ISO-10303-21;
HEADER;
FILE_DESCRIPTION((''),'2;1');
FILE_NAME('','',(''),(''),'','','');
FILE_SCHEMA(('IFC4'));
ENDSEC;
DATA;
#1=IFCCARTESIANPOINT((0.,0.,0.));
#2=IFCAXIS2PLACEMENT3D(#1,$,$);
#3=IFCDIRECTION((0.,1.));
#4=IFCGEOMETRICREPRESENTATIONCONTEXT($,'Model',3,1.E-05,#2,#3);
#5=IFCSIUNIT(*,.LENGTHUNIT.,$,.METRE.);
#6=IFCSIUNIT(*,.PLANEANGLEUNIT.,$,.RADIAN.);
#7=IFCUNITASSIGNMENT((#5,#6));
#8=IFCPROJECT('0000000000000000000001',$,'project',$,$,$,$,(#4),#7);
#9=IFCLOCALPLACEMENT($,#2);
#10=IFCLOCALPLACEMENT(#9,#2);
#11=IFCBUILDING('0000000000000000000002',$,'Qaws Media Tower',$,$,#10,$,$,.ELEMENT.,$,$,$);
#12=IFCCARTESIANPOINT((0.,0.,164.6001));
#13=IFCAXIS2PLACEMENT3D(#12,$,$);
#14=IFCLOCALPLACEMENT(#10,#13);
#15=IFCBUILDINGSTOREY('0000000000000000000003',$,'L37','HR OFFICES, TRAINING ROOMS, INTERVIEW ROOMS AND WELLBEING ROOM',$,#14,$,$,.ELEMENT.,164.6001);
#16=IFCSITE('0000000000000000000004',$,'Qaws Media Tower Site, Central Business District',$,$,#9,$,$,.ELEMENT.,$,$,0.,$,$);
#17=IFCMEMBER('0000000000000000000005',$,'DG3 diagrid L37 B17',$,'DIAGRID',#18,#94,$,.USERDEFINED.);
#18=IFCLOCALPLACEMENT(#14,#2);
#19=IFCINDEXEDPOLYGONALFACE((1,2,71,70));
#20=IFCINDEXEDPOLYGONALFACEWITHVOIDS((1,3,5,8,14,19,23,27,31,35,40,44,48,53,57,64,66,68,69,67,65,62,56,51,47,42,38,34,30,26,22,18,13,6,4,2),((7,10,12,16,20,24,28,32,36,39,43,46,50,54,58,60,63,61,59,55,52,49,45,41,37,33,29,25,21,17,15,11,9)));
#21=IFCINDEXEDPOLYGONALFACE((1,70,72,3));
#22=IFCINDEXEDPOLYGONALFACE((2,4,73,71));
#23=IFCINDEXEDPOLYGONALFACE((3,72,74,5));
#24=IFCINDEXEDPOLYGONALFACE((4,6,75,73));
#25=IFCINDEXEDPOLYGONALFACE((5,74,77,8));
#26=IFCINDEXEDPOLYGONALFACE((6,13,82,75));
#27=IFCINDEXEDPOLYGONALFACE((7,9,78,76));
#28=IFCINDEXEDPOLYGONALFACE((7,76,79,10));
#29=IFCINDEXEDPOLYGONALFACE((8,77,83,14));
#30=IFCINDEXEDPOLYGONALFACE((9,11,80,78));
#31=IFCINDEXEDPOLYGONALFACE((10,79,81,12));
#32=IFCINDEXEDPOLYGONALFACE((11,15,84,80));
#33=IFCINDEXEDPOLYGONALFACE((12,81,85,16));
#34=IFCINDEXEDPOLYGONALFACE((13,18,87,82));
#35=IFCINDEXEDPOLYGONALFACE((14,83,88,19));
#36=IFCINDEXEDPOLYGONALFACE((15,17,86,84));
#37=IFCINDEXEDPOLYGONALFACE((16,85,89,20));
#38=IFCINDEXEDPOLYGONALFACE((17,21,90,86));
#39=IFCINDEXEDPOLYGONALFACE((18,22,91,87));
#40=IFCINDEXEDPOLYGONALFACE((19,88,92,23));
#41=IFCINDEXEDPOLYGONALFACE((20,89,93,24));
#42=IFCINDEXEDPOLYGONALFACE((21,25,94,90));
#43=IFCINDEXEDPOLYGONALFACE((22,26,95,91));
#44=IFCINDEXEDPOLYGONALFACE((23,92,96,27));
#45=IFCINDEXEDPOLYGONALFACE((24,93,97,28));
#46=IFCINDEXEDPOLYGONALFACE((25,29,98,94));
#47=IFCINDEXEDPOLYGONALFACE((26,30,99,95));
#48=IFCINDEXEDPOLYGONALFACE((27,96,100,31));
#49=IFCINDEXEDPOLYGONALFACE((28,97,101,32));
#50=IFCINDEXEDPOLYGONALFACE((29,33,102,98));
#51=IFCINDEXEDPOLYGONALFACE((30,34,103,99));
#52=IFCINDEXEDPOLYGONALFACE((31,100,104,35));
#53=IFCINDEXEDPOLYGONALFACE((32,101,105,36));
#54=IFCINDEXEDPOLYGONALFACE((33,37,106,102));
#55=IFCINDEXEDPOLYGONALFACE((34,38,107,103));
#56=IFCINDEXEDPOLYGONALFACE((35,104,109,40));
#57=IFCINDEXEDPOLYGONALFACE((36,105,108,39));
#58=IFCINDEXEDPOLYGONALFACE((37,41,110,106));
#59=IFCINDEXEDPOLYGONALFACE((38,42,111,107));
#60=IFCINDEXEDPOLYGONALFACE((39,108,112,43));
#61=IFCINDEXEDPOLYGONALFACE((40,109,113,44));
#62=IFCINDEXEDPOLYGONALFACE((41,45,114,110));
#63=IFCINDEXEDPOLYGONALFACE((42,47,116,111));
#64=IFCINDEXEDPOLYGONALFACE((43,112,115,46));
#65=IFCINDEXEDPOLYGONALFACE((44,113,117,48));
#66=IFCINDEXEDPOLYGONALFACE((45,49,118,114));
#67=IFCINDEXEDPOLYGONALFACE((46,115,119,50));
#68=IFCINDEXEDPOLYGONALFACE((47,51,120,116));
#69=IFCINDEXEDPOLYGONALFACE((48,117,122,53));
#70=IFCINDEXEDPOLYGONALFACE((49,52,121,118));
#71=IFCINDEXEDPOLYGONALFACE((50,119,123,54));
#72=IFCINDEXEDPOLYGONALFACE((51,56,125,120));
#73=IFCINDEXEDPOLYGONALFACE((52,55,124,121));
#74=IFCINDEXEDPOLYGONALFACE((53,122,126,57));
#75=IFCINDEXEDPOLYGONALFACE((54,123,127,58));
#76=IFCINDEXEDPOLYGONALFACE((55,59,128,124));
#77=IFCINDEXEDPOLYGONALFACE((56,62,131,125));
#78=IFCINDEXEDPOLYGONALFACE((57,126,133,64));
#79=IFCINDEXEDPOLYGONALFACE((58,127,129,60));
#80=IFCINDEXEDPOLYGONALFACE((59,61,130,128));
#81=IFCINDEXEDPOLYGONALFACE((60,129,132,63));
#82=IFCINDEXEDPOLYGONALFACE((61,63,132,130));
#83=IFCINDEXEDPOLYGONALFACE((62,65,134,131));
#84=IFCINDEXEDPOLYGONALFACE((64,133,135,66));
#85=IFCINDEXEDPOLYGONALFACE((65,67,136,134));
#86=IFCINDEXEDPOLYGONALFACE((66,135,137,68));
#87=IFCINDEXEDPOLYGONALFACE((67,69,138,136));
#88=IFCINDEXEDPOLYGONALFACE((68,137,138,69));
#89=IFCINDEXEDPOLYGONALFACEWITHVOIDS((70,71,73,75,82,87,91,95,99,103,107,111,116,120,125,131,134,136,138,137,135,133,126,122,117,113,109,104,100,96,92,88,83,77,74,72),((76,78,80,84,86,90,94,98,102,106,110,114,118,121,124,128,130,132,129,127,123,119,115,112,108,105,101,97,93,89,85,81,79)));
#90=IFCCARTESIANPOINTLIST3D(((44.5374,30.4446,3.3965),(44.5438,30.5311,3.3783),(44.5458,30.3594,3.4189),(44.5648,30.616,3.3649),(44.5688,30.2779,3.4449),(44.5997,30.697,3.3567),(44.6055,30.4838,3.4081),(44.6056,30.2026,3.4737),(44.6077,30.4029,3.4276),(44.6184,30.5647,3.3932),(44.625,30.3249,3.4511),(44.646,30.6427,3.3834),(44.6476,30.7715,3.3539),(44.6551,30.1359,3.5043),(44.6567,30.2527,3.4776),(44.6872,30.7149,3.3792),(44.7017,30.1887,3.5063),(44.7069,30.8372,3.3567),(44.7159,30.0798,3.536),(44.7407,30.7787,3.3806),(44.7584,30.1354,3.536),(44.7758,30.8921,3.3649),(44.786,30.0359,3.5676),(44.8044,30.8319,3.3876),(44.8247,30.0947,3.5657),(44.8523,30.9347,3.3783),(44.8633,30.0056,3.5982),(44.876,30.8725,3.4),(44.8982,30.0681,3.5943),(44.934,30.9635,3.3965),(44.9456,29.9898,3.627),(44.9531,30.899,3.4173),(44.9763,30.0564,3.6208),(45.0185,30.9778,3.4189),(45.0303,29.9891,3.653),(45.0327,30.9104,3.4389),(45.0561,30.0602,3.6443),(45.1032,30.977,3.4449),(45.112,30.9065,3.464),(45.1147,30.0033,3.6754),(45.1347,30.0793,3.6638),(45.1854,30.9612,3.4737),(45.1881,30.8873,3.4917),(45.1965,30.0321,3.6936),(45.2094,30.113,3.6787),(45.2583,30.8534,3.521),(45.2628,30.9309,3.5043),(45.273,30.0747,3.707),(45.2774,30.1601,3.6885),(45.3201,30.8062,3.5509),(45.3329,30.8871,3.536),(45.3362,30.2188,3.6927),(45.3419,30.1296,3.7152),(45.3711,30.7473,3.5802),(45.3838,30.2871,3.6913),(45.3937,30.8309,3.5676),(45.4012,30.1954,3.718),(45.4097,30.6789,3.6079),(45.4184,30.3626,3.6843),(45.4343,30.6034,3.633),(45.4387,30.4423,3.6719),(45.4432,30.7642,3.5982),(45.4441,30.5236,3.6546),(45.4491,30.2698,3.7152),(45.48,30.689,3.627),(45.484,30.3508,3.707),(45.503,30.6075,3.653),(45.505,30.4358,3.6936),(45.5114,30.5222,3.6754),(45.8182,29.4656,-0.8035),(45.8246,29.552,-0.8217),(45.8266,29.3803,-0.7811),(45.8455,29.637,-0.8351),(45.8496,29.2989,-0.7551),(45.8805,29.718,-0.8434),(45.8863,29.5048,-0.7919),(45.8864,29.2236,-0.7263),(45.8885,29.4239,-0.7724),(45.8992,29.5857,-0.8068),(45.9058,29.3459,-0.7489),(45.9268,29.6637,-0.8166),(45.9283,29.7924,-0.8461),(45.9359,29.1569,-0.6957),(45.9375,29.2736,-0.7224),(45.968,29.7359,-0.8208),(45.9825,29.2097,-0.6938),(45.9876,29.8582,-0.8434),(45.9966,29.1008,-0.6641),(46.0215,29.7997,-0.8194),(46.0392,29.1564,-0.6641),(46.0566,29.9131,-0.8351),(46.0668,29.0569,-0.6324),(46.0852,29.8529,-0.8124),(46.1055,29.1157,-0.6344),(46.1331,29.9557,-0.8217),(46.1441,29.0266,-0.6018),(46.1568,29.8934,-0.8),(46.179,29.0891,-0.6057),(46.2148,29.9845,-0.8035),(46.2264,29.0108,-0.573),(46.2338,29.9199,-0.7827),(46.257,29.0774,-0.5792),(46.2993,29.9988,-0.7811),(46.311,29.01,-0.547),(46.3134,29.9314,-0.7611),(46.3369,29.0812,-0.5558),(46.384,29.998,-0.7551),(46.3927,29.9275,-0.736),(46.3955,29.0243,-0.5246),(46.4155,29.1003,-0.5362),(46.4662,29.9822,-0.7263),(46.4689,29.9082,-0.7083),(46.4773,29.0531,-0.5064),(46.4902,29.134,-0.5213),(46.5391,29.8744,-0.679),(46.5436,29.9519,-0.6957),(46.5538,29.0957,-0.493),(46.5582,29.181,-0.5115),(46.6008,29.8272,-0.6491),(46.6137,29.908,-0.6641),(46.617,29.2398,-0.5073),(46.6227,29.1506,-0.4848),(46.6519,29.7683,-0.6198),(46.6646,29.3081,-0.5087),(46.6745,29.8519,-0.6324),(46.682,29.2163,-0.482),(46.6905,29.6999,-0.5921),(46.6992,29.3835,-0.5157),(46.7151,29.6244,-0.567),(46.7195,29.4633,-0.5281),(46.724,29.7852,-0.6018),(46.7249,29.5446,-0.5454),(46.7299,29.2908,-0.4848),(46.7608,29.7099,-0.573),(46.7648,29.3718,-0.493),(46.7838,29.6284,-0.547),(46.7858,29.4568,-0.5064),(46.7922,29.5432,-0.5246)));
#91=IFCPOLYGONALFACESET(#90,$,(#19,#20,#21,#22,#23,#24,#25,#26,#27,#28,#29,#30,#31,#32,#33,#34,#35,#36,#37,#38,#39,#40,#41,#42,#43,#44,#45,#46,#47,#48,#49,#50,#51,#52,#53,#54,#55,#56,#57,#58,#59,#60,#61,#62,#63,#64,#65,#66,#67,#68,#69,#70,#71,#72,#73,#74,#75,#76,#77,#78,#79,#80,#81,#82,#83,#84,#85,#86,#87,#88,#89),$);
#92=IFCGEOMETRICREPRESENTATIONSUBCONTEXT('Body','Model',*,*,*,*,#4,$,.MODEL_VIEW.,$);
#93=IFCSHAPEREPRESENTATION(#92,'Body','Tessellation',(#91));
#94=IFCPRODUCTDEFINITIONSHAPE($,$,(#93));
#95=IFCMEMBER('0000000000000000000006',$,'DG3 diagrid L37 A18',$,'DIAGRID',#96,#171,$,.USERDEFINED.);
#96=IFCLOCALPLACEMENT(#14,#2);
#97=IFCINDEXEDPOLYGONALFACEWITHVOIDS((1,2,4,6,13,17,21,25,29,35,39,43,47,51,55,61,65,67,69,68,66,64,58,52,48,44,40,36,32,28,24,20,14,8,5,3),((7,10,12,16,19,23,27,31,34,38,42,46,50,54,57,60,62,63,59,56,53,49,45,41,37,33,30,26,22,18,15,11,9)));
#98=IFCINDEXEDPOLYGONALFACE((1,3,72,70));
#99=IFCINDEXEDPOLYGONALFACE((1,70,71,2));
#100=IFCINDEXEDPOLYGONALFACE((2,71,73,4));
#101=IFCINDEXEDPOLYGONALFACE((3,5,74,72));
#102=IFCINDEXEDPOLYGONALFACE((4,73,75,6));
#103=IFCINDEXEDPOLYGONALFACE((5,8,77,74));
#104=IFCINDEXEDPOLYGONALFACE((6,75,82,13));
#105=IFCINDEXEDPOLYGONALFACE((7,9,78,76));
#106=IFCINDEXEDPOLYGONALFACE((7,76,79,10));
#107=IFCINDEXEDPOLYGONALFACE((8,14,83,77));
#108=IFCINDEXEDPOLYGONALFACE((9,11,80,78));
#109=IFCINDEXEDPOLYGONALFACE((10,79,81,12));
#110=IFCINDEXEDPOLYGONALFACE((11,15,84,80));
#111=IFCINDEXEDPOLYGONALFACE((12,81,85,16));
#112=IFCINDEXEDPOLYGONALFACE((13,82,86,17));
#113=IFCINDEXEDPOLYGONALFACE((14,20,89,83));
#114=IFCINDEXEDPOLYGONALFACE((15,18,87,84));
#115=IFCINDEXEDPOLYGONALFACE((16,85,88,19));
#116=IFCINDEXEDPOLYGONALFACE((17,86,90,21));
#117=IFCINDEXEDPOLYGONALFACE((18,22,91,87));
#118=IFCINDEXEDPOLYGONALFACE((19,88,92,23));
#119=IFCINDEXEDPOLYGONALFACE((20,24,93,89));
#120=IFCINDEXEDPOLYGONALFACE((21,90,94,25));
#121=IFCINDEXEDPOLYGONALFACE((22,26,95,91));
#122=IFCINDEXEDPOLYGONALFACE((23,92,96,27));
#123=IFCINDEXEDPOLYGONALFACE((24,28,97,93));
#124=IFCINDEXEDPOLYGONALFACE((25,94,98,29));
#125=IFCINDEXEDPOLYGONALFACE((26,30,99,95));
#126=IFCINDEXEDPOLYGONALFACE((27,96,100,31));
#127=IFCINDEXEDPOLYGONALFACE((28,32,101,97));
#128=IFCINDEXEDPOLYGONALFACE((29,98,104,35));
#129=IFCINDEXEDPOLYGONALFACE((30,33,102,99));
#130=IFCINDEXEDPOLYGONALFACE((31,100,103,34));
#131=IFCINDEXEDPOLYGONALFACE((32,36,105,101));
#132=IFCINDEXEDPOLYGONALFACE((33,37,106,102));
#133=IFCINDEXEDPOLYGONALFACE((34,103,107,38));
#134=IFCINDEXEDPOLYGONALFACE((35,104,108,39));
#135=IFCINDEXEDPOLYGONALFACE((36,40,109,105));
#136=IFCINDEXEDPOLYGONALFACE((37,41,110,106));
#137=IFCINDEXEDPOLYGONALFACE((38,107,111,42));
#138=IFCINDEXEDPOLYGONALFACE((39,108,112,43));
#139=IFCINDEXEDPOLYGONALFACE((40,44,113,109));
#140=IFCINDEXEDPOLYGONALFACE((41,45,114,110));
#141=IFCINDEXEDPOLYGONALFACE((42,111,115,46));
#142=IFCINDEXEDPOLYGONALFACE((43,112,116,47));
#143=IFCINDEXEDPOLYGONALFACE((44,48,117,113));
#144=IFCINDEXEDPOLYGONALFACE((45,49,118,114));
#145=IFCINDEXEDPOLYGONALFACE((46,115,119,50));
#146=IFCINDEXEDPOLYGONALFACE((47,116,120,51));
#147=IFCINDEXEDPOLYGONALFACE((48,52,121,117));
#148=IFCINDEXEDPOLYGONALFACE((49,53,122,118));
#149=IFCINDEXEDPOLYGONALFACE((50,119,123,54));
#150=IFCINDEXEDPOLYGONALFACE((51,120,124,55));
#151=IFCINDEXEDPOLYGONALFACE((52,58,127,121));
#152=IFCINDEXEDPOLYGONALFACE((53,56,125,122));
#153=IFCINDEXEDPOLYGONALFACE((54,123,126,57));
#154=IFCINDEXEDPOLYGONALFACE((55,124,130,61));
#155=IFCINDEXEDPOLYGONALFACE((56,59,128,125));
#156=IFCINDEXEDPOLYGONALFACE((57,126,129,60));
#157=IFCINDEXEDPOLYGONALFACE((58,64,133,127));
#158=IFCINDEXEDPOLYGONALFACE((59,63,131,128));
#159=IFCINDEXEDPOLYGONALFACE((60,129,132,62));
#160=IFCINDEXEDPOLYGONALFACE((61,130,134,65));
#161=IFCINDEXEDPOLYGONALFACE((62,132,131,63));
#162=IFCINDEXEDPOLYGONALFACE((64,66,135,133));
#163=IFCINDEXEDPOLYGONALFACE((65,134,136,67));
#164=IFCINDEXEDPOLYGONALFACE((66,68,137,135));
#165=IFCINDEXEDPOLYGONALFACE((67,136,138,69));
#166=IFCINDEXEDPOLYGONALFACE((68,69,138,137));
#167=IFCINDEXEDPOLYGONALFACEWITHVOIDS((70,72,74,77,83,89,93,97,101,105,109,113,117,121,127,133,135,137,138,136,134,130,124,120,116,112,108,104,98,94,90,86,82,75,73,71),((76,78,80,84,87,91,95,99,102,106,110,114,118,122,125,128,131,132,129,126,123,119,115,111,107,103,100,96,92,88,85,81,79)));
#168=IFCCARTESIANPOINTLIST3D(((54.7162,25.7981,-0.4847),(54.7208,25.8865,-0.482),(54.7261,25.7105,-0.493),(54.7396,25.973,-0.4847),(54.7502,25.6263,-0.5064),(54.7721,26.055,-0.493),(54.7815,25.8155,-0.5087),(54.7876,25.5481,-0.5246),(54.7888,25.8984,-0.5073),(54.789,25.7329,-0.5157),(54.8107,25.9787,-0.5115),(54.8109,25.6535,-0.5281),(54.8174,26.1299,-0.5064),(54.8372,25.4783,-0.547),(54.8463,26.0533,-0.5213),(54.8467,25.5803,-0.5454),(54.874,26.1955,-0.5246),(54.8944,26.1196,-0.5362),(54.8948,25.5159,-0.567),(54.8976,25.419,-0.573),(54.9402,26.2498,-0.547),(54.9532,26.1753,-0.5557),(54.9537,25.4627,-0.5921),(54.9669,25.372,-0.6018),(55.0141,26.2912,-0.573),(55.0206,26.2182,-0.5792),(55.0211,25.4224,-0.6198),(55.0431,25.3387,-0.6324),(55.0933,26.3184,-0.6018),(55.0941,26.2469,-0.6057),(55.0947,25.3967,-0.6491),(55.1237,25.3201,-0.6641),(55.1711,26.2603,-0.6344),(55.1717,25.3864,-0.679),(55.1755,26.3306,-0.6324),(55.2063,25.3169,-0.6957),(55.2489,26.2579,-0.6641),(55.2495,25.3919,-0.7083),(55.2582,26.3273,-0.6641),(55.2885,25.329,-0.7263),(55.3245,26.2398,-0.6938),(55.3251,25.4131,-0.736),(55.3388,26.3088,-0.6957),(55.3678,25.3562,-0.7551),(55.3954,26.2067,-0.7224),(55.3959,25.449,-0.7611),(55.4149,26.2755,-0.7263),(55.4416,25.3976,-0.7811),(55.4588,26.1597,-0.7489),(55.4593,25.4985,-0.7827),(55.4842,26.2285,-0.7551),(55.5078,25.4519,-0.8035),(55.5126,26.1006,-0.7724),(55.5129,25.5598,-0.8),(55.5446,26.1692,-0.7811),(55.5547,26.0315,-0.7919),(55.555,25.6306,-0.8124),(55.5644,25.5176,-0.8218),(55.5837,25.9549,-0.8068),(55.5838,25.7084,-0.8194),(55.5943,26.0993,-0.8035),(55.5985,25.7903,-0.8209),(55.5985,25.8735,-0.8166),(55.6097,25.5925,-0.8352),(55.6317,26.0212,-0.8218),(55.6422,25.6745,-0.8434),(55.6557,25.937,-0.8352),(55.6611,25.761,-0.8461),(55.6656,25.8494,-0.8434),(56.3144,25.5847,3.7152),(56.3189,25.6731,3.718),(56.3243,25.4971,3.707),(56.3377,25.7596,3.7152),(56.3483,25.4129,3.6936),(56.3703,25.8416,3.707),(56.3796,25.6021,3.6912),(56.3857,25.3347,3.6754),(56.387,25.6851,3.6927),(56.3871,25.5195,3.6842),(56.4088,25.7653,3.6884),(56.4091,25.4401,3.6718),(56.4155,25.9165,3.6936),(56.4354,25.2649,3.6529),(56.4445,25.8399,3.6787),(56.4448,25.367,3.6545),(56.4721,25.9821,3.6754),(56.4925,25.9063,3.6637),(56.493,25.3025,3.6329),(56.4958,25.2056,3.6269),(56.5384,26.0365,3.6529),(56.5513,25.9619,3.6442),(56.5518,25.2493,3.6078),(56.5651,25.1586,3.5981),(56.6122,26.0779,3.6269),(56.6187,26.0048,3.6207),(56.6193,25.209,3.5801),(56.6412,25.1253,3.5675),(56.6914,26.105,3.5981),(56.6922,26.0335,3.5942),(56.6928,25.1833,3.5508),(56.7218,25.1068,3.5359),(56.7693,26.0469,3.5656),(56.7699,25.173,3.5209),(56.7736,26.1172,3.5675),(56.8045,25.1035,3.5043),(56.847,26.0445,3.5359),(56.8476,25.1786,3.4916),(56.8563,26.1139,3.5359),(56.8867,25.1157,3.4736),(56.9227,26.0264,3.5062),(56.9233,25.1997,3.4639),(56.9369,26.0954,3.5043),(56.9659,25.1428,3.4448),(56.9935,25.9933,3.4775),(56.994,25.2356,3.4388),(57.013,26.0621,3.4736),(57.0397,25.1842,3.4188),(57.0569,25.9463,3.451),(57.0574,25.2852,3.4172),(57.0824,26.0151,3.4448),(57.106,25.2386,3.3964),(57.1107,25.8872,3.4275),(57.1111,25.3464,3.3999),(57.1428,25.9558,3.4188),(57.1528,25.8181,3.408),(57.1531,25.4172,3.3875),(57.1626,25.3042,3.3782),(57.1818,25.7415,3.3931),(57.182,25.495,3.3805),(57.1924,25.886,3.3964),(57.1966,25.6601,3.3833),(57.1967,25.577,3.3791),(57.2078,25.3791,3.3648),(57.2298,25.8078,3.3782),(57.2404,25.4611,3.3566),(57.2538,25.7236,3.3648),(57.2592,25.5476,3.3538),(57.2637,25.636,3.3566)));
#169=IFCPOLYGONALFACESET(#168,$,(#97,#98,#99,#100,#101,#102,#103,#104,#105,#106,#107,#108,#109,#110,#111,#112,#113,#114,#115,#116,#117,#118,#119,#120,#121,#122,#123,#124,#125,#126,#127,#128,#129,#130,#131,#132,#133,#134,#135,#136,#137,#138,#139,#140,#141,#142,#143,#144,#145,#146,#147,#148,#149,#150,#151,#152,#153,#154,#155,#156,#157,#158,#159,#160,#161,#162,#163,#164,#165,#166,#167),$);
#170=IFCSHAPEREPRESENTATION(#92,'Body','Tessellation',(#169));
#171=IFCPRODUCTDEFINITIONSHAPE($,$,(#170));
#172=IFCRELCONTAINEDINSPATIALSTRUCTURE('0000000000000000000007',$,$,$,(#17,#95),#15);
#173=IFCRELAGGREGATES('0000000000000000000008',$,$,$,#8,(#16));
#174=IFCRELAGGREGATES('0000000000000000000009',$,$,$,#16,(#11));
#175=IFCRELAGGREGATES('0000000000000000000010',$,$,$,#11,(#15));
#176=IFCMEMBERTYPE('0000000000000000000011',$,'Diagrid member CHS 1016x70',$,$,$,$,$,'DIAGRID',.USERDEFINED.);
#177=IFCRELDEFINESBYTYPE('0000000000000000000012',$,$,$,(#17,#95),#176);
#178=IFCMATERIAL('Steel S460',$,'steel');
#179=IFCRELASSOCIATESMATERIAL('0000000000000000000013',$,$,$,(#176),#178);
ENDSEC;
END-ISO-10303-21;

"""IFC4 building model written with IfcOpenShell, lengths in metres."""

from ifc_helpers import new_model, si_unit, direction, frame, origin, origin_2d, place, context, subcontext, project, spatial, hollow_circle, extrude, material, material_profile, profile_set, type_object, element, save


model = new_model("IFC4")

# Units and contexts
model_context = context("Model", 3, precision=1e-05, world=origin(), true_north=direction((0.0, 1.0)))
body_context = subcontext(model_context, "Body", "Model", "MODEL_VIEW")
ifc_project = project(units=[si_unit("LENGTHUNIT", "METRE"), si_unit("PLANEANGLEUNIT", "RADIAN")], contexts=[model_context])

# Site, building, storey
site_placement = place(None, origin())
site = spatial("IfcSite", under=ifc_project, at=site_placement, Name="Qaws Media Tower Site, Central Business District", CompositionType="ELEMENT", RefElevation=0.0)
building_placement = place(site_placement, origin())
building = spatial("IfcBuilding", under=site, at=building_placement, Name="Qaws Media Tower", CompositionType="ELEMENT")
storey_placement = place(building_placement, frame((0.0, 0.0, 164.6001)))
storey = spatial("IfcBuildingStorey", under=building, at=storey_placement, Name="L37", Description="HR OFFICES, TRAINING ROOMS, INTERVIEW ROOMS AND WELLBEING ROOM", CompositionType="ELEMENT", Elevation=164.6001)

# Members
ifc_material_1 = material(Name="Steel S460", Category="steel")
ifc_material_profile_1 = material_profile(ifc_material_1, hollow_circle(Radius=0.5081, WallThickness=0.0701, at=origin_2d()), Name="CHS 1016x70")
ifc_profile_set_1 = profile_set([ifc_material_profile_1], Name="Steel S460")
member_type_1 = type_object("IfcMemberType", Name="Diagrid member CHS 1016x70", ElementType="DIAGRID", PredefinedType="USERDEFINED", material=ifc_profile_set_1)
for number, where, z_axis, x_axis, name in (
    (1, (46.3052, 29.5044, -0.6641), (-0.284695, 0.217619, 0.93359), (-0.607293, -0.794478, 0.0), "DG3 diagrid L37 B17"),
    (2, (55.1909, 25.8237, -0.6641), (0.355238, -0.04743, 0.933572), (0.132342, 0.991204, 0.0), "DG3 diagrid L37 A18"),
):
    element("IfcMember", number, at=place(storey_placement, frame(where, z_axis=z_axis, x_axis=x_axis)), inside=storey, type_object=member_type_1, Name=name, ObjectType="DIAGRID", PredefinedType="USERDEFINED", context=body_context, shape_type="SweptSolid", body=[
        extrude(hollow_circle(Radius=0.5081, WallThickness=0.0701, at=origin_2d()), origin(), (0.0, 0.0, 1.0), 4.4988),
    ])

save(model, "model.ifc")
